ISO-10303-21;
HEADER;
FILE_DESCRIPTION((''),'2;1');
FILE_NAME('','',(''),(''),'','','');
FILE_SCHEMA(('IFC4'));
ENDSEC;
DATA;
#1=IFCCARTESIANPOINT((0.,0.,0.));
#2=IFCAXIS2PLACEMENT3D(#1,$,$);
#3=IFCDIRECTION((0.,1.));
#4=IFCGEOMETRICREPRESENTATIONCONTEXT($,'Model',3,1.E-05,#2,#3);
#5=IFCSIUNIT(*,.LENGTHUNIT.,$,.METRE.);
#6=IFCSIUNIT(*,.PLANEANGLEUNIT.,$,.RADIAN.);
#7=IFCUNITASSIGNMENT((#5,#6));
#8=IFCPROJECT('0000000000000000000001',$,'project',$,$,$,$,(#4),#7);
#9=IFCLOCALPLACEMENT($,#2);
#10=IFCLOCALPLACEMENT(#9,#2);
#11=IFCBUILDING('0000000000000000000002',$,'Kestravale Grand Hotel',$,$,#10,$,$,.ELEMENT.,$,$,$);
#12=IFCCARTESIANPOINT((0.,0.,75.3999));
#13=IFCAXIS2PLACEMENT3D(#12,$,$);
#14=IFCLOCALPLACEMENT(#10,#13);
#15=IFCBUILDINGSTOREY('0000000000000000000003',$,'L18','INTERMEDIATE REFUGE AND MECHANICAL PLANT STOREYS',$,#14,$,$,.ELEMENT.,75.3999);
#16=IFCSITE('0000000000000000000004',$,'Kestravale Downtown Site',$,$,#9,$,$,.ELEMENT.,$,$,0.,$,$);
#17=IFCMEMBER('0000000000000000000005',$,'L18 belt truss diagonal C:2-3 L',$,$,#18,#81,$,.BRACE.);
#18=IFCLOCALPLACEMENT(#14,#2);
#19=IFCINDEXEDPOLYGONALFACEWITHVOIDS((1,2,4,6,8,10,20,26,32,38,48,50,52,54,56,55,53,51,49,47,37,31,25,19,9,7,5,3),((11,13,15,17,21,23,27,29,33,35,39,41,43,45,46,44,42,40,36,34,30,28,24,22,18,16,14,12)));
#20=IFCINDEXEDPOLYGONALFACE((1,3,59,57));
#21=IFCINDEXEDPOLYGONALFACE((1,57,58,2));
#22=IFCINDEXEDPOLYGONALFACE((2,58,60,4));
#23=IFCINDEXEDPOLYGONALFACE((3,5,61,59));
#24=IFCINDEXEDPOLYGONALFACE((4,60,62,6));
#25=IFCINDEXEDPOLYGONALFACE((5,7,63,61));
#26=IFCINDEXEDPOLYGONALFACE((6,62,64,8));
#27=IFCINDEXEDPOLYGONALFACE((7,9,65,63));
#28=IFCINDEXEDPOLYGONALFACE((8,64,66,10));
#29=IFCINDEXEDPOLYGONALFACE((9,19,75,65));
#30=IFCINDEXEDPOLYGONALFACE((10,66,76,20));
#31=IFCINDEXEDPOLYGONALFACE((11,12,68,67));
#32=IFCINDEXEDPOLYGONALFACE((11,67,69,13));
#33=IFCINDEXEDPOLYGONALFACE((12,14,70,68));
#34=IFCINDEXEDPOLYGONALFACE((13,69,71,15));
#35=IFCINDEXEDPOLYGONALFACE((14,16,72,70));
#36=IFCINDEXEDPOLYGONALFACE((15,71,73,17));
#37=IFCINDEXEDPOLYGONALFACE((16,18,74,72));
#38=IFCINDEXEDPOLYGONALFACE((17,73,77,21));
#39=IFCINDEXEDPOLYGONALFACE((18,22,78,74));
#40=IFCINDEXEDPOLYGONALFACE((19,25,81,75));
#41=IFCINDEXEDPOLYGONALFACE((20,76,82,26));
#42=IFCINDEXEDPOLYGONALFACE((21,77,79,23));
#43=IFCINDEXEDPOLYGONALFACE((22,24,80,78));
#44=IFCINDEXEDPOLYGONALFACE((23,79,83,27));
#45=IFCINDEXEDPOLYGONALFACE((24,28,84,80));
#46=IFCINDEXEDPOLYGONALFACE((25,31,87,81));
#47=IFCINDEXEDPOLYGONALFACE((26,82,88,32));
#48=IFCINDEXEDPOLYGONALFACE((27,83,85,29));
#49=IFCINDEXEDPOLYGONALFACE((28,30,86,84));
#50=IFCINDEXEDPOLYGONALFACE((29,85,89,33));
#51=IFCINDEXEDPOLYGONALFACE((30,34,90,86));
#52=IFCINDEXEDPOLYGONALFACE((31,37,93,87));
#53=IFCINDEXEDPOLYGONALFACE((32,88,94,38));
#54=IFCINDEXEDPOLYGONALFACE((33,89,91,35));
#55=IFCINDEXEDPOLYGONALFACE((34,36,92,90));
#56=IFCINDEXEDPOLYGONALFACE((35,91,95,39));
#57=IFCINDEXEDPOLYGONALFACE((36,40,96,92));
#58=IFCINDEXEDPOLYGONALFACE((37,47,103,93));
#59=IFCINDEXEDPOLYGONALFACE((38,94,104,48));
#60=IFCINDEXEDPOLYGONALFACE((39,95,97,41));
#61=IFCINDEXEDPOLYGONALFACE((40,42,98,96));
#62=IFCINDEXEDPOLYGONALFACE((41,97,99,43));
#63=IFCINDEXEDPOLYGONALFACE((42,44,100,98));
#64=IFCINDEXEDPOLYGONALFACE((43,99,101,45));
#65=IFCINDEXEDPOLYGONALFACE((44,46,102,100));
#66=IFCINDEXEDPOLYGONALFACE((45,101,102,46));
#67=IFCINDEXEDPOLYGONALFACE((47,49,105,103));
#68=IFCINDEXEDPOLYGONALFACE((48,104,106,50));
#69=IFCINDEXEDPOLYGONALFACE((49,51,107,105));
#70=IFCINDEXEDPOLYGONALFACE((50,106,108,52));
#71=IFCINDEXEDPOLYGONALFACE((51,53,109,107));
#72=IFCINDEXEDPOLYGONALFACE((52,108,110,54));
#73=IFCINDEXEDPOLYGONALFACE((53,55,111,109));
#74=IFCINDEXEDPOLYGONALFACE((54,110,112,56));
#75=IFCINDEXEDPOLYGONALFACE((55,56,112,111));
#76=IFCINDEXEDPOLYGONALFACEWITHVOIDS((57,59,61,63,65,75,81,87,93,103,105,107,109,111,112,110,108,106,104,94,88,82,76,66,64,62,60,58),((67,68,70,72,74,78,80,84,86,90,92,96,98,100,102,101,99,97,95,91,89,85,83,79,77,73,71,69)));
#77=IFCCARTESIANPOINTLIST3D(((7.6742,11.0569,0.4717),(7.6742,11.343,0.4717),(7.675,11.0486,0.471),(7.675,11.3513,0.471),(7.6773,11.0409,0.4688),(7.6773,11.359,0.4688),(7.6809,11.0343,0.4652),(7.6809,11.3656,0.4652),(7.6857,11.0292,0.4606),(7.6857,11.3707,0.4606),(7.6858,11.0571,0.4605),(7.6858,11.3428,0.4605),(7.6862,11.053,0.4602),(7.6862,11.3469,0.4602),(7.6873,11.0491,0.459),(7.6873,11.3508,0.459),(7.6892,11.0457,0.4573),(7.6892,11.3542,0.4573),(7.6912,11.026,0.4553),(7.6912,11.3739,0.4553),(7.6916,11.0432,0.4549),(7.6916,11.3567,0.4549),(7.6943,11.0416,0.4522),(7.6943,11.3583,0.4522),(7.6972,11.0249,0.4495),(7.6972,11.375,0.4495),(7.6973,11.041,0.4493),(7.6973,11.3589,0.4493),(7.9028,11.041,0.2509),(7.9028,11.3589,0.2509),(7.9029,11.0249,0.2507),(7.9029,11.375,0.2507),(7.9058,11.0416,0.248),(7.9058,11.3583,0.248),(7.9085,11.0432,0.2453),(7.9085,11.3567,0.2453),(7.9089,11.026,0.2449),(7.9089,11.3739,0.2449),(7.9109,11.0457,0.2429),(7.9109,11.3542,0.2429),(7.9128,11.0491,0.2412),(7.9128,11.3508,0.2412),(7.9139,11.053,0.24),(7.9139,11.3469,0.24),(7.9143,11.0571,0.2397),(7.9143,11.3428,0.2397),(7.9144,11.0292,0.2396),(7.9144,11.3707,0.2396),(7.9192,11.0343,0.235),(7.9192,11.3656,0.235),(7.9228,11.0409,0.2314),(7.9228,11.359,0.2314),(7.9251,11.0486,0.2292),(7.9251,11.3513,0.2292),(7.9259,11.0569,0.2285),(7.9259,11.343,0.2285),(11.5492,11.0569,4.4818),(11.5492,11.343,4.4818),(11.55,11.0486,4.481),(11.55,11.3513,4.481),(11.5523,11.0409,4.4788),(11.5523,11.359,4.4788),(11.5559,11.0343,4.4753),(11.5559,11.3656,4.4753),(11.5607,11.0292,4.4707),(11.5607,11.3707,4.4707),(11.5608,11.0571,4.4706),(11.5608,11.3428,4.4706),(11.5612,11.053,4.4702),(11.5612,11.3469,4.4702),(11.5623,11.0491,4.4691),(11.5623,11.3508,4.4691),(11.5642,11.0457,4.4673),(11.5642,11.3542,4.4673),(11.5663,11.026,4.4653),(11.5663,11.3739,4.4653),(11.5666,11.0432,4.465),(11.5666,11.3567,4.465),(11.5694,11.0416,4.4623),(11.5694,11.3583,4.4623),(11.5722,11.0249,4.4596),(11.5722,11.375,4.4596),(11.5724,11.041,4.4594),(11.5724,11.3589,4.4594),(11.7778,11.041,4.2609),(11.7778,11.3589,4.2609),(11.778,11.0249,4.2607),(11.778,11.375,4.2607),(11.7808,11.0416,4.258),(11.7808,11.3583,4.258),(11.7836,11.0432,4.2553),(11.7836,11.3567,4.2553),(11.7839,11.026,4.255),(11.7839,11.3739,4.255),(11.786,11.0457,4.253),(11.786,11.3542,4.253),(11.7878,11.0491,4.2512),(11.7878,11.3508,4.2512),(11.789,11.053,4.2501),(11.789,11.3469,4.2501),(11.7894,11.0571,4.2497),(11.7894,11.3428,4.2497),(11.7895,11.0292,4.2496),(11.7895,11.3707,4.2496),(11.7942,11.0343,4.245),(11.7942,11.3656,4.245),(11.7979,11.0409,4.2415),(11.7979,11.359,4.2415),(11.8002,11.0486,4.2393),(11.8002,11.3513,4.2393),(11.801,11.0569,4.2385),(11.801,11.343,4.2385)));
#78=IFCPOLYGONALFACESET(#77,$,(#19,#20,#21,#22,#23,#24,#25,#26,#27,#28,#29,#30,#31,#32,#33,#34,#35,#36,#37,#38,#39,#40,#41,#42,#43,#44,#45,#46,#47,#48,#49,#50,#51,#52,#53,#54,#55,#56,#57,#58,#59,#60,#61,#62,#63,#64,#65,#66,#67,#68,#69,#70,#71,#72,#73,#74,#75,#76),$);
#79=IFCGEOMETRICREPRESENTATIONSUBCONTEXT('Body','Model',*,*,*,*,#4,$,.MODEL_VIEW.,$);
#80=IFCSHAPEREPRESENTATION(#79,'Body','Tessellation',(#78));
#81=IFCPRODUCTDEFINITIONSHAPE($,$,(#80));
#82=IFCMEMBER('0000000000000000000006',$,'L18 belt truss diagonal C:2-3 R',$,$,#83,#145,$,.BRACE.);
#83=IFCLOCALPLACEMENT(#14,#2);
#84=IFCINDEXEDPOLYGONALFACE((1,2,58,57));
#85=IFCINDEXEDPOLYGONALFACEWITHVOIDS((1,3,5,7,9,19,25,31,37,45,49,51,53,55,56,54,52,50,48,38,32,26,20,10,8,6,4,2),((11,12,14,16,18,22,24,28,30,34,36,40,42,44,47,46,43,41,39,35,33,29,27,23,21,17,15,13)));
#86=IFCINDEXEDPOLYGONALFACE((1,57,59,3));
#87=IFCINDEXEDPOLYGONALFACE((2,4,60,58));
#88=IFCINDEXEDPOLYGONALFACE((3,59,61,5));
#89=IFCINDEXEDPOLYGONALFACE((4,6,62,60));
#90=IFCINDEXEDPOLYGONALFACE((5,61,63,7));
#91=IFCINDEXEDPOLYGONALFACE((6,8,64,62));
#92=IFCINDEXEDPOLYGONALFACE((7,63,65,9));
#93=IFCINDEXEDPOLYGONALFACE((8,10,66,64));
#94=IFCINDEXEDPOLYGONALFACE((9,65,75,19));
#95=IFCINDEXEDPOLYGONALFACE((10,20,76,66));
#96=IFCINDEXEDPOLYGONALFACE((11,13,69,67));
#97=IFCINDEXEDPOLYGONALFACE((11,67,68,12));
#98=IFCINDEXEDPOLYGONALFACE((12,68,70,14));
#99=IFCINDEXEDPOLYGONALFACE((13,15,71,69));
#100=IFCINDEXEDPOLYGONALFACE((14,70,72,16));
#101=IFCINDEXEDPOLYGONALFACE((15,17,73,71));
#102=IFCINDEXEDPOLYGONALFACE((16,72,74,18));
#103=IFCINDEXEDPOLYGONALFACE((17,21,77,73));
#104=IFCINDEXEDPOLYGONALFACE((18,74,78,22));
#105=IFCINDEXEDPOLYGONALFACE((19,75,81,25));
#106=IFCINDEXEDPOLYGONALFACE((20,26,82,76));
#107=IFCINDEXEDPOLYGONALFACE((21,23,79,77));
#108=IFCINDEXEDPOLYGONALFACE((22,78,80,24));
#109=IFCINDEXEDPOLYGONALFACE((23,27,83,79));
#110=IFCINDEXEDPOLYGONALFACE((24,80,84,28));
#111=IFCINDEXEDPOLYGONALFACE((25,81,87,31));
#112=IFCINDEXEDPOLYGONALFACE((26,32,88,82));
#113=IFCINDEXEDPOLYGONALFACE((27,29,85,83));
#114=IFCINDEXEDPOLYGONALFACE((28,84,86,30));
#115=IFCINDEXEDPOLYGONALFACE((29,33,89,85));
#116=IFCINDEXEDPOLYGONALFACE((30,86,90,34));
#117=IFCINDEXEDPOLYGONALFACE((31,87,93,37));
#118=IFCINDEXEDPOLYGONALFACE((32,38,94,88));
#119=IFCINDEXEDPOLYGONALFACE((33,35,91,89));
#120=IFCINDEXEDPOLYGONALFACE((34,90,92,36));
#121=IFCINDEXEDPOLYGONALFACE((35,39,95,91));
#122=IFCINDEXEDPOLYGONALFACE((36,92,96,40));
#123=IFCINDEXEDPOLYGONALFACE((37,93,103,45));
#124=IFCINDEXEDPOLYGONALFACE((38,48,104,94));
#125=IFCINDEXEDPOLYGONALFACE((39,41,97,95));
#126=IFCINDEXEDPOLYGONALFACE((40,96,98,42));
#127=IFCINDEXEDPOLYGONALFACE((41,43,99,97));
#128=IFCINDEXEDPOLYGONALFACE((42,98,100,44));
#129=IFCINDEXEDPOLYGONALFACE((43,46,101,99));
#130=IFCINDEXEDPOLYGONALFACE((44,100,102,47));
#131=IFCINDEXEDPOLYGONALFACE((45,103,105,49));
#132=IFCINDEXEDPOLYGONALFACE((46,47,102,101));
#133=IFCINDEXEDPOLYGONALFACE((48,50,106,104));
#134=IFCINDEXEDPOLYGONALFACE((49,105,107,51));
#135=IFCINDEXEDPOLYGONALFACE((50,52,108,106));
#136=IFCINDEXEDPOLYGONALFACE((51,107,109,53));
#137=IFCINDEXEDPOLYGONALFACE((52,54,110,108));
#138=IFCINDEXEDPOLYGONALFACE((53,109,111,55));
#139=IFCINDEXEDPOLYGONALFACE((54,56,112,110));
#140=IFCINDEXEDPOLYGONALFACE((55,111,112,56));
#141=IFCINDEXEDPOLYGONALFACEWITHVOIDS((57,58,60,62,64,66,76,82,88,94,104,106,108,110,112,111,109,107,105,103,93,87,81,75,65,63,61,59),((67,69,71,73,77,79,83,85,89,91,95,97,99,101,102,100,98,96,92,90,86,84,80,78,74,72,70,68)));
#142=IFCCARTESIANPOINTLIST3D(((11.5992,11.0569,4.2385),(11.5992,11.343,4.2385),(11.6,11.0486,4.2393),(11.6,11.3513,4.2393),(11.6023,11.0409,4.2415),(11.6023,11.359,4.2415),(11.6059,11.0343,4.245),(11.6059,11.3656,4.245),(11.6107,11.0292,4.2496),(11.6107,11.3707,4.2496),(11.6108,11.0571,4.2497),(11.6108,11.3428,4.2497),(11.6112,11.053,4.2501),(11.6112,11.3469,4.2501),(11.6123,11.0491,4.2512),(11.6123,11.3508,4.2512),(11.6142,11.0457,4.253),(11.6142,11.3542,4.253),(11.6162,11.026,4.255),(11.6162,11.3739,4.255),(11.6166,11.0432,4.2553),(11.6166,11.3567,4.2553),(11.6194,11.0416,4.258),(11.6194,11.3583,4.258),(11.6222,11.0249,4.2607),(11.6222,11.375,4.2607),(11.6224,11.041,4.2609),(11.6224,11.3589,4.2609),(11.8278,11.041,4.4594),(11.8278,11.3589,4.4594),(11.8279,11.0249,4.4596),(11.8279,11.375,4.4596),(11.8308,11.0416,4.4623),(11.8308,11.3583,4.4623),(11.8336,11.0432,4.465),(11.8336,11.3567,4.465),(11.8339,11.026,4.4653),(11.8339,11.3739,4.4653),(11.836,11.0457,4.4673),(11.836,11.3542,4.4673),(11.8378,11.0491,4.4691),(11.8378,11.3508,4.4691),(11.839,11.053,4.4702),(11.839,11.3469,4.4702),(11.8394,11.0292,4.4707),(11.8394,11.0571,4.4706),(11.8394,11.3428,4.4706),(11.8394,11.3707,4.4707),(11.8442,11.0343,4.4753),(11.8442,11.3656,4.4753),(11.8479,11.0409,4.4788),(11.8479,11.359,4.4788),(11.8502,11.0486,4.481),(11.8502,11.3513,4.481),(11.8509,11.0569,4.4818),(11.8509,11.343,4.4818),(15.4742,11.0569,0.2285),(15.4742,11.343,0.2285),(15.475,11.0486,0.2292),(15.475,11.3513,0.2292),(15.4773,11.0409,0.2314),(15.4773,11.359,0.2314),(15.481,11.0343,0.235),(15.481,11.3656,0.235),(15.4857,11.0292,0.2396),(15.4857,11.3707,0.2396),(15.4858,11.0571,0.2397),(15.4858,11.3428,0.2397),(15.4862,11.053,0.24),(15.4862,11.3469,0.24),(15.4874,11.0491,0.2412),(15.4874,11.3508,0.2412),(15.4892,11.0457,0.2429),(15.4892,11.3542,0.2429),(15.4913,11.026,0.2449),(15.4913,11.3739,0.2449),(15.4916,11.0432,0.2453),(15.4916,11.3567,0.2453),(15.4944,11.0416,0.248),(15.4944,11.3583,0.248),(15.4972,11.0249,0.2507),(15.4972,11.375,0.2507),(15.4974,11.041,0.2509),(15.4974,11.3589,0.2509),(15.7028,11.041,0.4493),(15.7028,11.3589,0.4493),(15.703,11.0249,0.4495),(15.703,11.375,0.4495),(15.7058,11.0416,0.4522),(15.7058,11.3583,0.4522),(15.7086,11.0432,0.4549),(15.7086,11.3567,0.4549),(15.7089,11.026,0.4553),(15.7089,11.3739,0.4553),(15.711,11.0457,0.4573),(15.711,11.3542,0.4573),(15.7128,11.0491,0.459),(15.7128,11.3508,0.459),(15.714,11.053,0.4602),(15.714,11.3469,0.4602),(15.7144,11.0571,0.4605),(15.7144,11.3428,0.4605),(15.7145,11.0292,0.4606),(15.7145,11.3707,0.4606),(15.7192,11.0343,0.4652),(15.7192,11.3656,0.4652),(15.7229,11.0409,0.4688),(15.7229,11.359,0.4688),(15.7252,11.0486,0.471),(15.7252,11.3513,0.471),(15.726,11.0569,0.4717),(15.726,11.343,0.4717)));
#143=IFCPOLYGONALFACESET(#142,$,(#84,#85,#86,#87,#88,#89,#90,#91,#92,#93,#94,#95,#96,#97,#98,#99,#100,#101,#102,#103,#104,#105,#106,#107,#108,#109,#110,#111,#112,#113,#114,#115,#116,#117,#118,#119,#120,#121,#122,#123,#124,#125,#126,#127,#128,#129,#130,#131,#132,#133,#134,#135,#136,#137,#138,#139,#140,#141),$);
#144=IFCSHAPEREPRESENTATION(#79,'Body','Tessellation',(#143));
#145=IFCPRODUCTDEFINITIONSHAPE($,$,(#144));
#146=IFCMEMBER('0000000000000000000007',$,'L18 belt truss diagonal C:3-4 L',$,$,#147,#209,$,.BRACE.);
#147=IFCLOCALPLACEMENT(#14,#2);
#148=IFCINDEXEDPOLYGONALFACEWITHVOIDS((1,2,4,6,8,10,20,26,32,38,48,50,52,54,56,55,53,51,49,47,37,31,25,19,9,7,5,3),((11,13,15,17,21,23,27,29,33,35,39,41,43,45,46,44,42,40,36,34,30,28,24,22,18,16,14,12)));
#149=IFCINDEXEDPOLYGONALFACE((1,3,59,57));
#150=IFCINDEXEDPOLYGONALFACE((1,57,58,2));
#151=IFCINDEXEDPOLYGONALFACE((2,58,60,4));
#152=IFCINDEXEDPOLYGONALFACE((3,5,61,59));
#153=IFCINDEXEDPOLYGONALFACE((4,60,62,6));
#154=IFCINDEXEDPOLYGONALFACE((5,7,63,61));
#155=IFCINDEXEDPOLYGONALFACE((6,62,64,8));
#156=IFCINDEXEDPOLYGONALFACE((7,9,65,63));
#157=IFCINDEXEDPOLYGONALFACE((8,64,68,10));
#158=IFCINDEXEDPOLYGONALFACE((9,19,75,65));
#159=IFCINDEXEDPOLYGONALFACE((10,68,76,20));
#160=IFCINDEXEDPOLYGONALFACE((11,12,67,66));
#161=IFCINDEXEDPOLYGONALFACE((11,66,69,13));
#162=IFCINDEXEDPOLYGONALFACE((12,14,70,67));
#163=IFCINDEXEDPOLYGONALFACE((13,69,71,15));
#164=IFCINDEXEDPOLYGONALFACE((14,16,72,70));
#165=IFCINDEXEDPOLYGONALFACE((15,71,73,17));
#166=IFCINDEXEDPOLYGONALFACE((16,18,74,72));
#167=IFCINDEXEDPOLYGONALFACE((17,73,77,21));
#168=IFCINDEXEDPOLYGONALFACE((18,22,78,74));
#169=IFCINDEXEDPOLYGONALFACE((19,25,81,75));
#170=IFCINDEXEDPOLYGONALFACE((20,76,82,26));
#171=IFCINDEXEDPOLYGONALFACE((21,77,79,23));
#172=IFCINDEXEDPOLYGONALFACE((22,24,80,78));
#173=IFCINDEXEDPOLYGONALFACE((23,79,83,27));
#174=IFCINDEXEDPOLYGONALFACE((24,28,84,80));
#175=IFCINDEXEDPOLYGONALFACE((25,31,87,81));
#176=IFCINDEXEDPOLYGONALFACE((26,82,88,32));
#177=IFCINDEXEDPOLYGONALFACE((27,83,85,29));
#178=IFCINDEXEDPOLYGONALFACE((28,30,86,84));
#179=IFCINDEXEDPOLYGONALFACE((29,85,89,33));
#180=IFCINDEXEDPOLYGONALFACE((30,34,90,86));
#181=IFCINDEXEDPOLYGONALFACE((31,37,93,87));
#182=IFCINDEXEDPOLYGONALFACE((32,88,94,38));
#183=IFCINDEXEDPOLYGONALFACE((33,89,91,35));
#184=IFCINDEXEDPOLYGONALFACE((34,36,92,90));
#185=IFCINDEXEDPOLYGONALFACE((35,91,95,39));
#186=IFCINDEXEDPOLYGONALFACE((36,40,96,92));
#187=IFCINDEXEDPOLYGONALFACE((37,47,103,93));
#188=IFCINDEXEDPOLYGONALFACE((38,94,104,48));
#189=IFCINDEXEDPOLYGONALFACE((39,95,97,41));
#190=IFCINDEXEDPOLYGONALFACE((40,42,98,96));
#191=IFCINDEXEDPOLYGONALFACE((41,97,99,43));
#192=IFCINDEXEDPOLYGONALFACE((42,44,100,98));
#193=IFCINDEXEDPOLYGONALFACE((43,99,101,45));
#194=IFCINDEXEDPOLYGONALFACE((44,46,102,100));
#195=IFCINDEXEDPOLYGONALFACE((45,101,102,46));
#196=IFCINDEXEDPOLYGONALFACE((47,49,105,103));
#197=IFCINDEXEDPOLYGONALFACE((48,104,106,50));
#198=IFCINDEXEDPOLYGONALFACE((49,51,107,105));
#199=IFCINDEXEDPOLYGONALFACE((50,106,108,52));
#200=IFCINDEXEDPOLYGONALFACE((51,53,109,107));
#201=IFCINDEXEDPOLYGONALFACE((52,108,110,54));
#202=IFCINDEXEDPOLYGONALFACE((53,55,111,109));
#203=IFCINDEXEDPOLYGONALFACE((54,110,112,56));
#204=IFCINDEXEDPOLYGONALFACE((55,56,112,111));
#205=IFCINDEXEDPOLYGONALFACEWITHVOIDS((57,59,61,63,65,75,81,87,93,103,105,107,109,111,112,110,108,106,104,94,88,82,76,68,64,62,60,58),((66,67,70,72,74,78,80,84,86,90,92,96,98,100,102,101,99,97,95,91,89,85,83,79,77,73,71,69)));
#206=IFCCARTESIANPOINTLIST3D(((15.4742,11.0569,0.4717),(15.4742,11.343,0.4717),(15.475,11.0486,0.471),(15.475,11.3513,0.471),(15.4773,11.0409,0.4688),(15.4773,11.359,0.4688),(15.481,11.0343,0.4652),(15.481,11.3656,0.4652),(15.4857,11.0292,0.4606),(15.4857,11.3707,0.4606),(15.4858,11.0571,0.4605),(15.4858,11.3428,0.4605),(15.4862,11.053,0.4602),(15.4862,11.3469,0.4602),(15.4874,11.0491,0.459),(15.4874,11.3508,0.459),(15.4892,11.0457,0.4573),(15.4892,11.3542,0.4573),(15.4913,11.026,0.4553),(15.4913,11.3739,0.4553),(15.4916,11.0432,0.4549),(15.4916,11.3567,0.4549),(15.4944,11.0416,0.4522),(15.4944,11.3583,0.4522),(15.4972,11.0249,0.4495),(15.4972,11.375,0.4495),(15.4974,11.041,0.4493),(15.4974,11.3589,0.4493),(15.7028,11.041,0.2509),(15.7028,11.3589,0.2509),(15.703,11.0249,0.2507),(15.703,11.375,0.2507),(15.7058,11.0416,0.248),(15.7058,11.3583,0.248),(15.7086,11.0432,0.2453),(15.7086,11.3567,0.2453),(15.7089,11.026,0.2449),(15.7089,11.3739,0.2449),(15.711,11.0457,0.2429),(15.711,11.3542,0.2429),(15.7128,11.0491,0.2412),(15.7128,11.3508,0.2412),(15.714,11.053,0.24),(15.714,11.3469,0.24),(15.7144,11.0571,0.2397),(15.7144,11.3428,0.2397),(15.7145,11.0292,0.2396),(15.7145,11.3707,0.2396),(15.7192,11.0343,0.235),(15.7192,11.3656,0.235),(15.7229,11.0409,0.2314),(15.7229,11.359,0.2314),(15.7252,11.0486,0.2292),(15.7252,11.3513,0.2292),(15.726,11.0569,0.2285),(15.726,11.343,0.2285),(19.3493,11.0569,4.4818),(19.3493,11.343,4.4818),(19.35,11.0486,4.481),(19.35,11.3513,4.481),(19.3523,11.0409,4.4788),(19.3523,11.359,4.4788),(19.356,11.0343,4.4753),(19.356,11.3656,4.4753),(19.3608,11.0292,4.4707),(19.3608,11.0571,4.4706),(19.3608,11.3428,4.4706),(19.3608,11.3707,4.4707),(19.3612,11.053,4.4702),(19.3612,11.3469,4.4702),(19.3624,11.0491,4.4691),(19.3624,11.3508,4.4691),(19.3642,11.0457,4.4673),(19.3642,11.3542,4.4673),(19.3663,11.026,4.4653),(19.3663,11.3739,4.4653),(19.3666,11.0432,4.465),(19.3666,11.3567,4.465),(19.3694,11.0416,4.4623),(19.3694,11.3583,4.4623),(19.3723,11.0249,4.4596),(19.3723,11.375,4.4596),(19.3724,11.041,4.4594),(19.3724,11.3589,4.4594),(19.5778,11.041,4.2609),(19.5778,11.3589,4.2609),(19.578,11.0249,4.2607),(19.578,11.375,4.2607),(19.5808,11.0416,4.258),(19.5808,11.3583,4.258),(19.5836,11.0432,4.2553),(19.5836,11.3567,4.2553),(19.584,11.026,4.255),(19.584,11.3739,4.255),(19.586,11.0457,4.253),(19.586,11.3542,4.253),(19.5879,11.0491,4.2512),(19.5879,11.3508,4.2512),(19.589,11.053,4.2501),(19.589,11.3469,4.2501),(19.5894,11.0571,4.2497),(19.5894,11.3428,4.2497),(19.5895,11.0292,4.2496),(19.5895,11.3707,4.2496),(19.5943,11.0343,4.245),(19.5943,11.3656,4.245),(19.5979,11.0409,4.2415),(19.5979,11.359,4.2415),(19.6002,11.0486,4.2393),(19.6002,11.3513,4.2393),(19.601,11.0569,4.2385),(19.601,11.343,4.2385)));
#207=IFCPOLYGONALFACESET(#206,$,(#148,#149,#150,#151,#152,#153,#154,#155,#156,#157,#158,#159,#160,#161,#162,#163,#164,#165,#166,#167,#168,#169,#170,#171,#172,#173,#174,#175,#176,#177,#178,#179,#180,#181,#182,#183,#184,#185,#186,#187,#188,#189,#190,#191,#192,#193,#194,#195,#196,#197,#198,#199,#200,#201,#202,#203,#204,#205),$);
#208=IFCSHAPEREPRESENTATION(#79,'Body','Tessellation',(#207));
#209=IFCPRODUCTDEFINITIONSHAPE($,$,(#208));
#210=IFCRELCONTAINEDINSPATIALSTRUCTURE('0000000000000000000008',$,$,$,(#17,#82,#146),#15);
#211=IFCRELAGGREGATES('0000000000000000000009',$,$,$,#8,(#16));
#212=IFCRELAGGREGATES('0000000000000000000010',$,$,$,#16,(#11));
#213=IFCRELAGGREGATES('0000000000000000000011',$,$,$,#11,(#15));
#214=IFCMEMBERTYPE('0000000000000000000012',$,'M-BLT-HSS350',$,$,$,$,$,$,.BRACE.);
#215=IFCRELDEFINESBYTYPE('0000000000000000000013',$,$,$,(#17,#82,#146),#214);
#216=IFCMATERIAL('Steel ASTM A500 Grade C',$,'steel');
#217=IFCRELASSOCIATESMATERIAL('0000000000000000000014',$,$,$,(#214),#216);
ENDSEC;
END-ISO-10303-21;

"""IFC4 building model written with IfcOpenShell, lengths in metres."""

from ifc_helpers import new_model, si_unit, direction, frame, origin, origin_2d, place, context, subcontext, project, spatial, hollow_rectangle, extrude, material, material_profile, profile_set, type_object, element, save


model = new_model("IFC4")

# Units and contexts
model_context = context("Model", 3, precision=1e-05, world=origin(), true_north=direction((0.0, 1.0)))
body_context = subcontext(model_context, "Body", "Model", "MODEL_VIEW")
ifc_project = project(units=[si_unit("LENGTHUNIT", "METRE"), si_unit("PLANEANGLEUNIT", "RADIAN")], contexts=[model_context])

# Site, building, storey
site_placement = place(None, origin())
site = spatial("IfcSite", under=ifc_project, at=site_placement, Name="Kestravale Downtown Site", CompositionType="ELEMENT", RefElevation=0.0)
building_placement = place(site_placement, origin())
building = spatial("IfcBuilding", under=site, at=building_placement, Name="Kestravale Grand Hotel", CompositionType="ELEMENT")
storey_placement = place(building_placement, frame((0.0, 0.0, 75.3999)))
storey = spatial("IfcBuildingStorey", under=building, at=storey_placement, Name="L18", Description="INTERMEDIATE REFUGE AND MECHANICAL PLANT STOREYS", CompositionType="ELEMENT", Elevation=75.3999)

# Members
ifc_material_1 = material(Name="Steel ASTM A500 Grade C", Category="steel")
ifc_material_profile_1 = material_profile(ifc_material_1, hollow_rectangle(XDim=0.3501, YDim=0.3501, WallThickness=0.0161, InnerFilletRadius=0.0161, OuterFilletRadius=0.032, at=origin_2d()))
ifc_profile_set_1 = profile_set([ifc_material_profile_1], Name="Steel ASTM A500 Grade C")
member_type_1 = type_object("IfcMemberType", Name="M-BLT-HSS350", PredefinedType="BRACE", material=ifc_profile_set_1)
for number, where, z_axis, x_axis, name in (
    (1, (7.8, 11.2, 0.3501), (0.694898, 0.0, 0.719109), (0.0, 1.0, 0.0), "L18 belt truss diagonal C:2-3 L"),
    (2, (15.6001, 11.2, 0.3501), (-0.694898, 0.0, 0.719109), (0.0, -1.0, 0.0), "L18 belt truss diagonal C:2-3 R"),
    (3, (15.6001, 11.2, 0.3501), (0.694898, 0.0, 0.719109), (0.0, 1.0, 0.0), "L18 belt truss diagonal C:3-4 L"),
):
    element("IfcMember", number, at=place(storey_placement, frame(where, z_axis=z_axis, x_axis=x_axis)), inside=storey, type_object=member_type_1, Name=name, PredefinedType="BRACE", context=body_context, shape_type="SweptSolid", body=[
        extrude(hollow_rectangle(XDim=0.3501, YDim=0.3501, WallThickness=0.0161, InnerFilletRadius=0.0161, OuterFilletRadius=0.032, at=origin_2d()), origin(), (0.0, 0.0, 1.0), 5.5764),
    ])

save(model, "model.ifc")
